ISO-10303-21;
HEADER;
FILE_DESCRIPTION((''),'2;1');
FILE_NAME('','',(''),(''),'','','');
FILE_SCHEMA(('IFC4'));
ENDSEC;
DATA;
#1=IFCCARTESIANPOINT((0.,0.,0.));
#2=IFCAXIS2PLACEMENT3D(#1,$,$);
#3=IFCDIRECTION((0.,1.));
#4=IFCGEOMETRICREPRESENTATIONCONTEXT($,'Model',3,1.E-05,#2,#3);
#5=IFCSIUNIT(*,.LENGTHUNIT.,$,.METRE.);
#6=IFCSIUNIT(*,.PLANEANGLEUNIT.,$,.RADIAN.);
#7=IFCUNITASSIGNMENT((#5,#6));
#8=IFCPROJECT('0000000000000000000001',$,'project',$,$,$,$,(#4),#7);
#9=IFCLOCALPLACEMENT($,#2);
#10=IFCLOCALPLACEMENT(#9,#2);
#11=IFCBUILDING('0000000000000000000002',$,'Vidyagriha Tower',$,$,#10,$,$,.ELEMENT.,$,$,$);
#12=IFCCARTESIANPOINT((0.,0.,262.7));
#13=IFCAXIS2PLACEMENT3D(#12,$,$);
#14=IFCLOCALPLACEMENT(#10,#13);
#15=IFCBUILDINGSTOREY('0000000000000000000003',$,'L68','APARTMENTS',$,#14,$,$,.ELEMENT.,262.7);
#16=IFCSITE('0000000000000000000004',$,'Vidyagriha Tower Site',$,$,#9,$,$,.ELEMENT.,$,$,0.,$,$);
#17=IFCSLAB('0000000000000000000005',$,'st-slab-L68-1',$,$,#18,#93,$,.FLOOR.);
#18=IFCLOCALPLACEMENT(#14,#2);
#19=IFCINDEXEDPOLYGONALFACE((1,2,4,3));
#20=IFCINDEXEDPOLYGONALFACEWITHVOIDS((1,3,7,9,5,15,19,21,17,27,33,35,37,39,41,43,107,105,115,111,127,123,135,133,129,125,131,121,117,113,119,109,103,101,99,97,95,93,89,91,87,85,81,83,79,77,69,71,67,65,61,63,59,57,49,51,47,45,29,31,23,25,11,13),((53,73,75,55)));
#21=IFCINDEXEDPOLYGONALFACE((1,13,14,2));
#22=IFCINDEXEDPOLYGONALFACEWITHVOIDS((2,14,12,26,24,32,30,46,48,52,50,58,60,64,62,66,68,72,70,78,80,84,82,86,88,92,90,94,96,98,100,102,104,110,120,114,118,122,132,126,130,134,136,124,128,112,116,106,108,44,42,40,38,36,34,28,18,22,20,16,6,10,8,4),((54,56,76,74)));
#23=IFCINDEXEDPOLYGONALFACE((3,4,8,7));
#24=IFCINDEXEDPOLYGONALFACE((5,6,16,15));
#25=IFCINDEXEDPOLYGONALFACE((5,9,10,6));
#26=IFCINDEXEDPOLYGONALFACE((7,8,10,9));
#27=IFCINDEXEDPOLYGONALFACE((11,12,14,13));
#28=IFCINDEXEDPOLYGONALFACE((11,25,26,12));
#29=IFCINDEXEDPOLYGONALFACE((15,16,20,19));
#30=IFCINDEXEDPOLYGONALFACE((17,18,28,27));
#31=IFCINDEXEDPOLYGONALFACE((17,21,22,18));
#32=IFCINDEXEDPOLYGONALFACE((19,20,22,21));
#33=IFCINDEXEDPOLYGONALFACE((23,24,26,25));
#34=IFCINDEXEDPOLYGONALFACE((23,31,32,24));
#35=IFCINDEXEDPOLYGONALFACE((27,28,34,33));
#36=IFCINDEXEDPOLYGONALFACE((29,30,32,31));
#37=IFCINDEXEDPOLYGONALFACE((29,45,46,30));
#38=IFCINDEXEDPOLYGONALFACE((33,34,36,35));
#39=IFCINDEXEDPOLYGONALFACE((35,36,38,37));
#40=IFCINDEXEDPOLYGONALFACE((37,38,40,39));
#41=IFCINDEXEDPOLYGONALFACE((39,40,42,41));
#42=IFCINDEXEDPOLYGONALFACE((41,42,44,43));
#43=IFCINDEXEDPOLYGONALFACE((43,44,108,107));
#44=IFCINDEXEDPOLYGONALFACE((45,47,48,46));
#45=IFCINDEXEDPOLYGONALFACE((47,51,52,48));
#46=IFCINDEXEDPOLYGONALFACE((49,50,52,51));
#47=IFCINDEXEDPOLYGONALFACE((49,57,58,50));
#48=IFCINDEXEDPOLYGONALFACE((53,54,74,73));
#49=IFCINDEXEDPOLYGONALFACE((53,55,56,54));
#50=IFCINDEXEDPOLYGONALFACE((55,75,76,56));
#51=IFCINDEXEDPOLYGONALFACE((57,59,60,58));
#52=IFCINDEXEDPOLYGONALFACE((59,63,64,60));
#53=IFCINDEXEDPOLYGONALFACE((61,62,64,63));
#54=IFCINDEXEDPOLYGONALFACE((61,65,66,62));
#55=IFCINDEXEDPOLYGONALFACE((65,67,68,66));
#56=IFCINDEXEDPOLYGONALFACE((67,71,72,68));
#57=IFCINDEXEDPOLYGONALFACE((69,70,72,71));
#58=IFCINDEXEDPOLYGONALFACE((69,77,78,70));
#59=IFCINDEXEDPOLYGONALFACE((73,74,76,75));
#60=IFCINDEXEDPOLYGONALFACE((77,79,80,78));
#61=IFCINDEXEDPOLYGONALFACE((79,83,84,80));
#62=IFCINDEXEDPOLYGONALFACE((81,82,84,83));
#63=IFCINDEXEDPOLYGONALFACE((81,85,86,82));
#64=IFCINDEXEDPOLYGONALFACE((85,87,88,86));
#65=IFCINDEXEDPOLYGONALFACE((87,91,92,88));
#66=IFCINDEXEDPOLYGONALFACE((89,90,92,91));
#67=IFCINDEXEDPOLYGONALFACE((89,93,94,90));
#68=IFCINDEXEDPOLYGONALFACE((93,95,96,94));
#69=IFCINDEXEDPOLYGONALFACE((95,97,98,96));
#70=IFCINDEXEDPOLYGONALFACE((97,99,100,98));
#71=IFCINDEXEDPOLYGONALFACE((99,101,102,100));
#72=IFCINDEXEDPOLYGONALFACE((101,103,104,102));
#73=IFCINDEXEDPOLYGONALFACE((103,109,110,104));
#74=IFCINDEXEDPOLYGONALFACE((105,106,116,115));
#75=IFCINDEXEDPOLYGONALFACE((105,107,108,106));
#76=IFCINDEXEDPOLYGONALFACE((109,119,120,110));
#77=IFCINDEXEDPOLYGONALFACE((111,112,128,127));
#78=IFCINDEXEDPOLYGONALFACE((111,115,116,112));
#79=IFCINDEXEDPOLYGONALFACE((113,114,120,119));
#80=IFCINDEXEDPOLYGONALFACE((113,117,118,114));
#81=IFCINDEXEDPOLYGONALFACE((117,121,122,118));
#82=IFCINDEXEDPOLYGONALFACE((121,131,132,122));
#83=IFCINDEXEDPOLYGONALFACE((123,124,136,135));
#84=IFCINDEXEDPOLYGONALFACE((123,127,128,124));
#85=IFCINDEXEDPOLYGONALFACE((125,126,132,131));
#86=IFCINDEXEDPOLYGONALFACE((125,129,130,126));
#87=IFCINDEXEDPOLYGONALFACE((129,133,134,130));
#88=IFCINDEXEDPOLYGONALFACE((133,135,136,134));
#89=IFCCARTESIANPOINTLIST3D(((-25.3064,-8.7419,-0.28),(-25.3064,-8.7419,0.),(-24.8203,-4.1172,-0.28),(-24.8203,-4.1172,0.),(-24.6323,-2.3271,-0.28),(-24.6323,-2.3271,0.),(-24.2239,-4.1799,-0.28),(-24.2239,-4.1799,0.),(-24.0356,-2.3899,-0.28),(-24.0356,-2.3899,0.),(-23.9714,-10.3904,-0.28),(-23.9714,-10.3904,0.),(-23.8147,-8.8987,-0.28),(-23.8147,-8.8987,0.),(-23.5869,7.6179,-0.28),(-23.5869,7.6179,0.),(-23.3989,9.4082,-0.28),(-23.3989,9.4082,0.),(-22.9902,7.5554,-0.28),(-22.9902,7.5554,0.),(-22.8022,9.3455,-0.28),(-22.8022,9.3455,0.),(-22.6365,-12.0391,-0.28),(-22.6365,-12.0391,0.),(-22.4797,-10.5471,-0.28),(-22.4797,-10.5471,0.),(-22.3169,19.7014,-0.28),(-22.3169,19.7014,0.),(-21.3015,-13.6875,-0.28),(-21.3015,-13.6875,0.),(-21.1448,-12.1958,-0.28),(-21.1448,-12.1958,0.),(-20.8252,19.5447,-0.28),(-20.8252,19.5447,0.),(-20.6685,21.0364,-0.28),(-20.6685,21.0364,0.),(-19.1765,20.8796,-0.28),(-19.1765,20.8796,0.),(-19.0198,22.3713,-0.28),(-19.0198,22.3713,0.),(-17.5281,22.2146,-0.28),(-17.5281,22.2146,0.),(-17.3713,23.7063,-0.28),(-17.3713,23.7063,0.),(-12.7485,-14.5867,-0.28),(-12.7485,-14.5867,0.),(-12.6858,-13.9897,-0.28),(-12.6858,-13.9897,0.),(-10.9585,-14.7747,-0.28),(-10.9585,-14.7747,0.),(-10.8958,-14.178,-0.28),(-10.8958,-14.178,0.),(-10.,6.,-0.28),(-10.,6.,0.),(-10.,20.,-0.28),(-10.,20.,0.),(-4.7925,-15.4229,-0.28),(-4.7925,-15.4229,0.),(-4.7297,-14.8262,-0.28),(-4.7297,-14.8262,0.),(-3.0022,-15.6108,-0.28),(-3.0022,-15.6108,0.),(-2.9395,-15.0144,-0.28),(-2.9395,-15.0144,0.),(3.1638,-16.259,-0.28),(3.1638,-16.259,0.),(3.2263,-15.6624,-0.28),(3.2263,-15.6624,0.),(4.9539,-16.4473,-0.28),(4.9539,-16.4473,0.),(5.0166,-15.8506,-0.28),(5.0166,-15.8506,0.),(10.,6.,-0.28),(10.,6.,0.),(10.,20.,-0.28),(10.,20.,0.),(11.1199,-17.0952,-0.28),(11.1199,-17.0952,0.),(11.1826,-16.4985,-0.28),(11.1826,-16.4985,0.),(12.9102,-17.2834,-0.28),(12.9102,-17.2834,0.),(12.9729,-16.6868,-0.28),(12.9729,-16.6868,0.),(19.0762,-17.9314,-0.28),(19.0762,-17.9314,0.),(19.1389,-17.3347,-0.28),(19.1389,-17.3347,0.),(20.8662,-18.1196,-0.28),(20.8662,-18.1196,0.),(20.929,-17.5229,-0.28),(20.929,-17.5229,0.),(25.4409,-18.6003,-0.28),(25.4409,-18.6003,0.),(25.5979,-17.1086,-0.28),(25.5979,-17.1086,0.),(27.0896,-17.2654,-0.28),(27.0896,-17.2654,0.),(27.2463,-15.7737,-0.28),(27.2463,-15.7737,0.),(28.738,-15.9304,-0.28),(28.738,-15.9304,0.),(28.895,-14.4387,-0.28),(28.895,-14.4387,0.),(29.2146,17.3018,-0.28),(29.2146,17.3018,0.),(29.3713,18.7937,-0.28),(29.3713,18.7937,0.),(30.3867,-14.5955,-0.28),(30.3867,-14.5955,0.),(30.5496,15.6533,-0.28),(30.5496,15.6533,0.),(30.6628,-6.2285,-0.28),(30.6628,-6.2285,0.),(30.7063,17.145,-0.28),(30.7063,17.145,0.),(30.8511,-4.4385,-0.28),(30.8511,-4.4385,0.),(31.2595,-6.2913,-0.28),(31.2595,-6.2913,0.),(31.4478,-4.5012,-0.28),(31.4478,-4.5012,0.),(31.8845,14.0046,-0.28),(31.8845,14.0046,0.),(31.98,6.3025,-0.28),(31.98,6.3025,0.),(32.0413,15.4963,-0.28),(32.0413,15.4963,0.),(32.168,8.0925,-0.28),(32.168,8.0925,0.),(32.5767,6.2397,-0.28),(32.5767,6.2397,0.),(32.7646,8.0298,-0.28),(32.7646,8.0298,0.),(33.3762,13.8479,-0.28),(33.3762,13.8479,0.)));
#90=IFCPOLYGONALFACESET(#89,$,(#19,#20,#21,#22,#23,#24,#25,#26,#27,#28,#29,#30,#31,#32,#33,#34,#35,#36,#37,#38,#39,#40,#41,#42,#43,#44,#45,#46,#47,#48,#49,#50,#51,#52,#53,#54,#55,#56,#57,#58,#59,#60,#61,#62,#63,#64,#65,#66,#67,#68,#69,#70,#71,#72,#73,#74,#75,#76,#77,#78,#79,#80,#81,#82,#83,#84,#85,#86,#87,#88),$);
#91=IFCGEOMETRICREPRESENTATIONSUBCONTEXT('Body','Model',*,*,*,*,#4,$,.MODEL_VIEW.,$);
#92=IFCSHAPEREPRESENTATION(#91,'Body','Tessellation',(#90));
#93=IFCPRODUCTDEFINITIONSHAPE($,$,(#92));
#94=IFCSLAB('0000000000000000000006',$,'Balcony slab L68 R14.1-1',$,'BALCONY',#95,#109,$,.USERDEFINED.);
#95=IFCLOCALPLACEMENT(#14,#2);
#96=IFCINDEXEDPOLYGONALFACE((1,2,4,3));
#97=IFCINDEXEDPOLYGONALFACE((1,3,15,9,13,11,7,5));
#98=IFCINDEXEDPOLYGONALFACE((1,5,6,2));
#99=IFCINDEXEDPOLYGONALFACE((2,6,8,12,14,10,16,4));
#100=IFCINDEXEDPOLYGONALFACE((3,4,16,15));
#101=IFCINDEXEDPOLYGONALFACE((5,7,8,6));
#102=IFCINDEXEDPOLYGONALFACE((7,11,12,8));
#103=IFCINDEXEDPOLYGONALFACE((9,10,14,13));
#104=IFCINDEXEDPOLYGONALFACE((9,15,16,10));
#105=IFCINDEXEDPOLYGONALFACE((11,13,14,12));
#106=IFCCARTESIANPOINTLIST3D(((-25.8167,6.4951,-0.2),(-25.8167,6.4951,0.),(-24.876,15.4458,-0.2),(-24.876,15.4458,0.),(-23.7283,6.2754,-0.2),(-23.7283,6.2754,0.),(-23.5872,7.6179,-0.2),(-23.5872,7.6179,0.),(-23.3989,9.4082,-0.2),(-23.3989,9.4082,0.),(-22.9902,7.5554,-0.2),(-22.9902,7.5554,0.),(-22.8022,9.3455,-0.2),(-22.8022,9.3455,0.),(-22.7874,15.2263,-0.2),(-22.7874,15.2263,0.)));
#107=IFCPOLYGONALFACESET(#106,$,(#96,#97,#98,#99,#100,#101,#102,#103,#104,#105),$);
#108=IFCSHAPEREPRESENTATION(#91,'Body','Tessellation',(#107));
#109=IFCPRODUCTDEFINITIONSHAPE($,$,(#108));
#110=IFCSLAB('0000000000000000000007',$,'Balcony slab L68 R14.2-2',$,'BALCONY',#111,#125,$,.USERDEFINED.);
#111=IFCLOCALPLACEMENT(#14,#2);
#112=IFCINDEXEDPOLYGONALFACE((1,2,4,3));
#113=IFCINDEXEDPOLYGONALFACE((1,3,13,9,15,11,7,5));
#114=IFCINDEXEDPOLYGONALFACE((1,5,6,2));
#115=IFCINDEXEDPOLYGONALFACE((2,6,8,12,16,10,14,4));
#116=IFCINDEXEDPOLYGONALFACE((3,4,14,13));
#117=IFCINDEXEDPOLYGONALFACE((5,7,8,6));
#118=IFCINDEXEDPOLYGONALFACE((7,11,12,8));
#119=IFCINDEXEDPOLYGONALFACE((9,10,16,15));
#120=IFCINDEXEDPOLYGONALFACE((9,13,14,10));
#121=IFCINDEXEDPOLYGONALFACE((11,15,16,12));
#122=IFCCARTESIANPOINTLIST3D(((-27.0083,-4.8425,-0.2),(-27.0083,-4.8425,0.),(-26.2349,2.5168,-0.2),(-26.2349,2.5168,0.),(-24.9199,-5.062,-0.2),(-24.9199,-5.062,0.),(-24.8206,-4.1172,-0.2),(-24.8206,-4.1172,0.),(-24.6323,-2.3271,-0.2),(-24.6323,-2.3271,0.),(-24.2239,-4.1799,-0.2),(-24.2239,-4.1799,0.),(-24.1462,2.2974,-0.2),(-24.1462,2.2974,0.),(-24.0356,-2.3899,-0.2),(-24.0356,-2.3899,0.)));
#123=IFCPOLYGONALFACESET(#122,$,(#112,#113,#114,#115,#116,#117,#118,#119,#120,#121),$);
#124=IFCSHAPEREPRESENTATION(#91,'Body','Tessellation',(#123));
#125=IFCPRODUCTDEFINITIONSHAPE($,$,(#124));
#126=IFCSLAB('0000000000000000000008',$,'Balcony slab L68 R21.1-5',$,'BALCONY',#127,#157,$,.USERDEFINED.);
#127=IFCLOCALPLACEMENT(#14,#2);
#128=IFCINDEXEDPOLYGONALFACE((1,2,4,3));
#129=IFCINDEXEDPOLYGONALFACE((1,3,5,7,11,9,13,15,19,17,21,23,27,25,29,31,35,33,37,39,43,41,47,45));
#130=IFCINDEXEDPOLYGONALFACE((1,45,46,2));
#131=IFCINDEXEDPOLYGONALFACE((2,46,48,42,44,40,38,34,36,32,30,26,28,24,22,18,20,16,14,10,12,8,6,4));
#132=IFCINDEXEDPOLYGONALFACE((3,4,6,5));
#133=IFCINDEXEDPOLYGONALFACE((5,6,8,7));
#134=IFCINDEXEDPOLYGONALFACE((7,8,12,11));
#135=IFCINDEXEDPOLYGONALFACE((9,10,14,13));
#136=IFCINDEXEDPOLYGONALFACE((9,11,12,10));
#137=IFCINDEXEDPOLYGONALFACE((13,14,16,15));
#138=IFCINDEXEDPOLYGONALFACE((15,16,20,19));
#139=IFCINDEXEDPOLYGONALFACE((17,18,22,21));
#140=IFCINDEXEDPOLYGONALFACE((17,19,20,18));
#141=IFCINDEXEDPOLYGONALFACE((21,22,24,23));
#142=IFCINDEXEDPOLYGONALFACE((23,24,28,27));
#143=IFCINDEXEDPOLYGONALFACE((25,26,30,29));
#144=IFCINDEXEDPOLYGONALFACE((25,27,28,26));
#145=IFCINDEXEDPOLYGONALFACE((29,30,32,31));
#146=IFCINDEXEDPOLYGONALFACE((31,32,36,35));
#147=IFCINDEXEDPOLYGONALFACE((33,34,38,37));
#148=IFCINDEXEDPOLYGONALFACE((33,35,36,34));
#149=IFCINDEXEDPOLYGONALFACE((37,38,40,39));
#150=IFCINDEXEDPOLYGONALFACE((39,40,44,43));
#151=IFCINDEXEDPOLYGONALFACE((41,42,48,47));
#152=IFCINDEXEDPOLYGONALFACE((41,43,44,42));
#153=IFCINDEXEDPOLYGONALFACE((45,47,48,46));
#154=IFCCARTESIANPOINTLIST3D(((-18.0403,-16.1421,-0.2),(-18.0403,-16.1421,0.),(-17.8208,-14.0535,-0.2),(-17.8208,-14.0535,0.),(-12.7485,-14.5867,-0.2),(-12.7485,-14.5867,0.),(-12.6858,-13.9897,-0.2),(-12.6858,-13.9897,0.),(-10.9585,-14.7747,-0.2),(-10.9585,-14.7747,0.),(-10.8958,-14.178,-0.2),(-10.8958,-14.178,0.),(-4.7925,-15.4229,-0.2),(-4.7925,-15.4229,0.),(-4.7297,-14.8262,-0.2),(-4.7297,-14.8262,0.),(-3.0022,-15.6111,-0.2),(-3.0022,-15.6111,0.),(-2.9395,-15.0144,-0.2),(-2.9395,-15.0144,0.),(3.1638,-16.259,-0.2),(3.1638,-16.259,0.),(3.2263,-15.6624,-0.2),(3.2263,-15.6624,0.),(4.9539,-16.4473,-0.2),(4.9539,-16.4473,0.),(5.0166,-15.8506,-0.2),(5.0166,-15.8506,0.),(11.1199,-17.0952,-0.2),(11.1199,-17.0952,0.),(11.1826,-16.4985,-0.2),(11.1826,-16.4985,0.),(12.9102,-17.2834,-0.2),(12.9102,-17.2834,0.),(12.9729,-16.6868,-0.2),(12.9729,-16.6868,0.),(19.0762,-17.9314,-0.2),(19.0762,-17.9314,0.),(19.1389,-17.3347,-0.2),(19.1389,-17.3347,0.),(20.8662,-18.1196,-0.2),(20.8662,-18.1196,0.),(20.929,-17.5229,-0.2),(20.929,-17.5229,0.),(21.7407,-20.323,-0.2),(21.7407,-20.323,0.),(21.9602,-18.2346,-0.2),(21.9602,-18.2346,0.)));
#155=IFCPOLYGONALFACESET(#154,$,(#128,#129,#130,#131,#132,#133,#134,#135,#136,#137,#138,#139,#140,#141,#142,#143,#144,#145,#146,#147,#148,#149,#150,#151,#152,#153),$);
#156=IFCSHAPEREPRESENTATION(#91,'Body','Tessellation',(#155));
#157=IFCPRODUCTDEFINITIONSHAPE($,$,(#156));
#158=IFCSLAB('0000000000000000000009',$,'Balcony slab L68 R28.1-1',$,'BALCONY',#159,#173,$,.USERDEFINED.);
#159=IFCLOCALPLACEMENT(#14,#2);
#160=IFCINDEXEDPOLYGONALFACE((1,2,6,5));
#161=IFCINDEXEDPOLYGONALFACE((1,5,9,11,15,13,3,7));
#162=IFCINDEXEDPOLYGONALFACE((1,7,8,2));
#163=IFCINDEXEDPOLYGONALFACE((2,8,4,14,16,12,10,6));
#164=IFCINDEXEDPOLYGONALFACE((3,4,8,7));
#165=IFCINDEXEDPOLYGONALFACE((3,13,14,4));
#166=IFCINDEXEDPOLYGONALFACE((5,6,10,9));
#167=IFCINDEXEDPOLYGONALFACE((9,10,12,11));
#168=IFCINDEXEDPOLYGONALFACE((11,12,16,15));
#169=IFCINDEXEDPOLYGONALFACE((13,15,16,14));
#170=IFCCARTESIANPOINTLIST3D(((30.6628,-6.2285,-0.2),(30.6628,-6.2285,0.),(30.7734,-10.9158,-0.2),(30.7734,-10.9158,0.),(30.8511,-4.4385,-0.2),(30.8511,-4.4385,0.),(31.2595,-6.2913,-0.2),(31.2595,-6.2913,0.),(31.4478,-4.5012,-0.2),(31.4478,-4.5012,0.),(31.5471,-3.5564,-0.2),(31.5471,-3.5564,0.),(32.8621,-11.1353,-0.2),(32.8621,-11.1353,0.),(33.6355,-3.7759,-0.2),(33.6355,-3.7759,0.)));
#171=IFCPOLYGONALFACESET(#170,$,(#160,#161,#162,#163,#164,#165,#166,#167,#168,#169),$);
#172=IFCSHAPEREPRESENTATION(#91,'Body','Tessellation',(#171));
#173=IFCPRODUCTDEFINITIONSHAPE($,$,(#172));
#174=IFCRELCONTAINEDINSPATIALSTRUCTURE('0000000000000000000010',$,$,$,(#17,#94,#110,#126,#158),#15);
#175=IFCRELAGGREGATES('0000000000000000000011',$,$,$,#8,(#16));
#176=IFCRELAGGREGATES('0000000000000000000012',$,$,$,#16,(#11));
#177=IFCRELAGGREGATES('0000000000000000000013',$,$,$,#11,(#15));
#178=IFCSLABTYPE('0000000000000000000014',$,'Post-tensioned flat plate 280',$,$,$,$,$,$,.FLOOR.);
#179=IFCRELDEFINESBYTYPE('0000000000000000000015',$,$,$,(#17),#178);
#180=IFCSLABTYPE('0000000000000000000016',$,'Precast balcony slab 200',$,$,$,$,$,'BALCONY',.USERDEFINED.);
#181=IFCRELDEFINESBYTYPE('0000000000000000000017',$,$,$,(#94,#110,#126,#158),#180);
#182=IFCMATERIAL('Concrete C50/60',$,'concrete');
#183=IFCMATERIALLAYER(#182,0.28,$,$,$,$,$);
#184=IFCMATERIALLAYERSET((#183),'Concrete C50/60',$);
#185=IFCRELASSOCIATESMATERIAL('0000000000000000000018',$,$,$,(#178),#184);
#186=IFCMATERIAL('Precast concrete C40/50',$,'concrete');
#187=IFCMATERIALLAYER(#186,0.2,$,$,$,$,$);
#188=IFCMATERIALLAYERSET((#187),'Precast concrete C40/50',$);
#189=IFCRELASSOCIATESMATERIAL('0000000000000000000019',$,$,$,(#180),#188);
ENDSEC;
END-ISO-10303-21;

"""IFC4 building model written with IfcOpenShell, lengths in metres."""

from ifc_helpers import new_model, si_unit, direction, frame, origin, place, context, subcontext, project, spatial, polyline, outline, extrude, material, layer, layer_set, type_object, element, save


model = new_model("IFC4")

# Units and contexts
model_context = context("Model", 3, precision=1e-05, world=origin(), true_north=direction((0.0, 1.0)))
body_context = subcontext(model_context, "Body", "Model", "MODEL_VIEW")
ifc_project = project(units=[si_unit("LENGTHUNIT", "METRE"), si_unit("PLANEANGLEUNIT", "RADIAN")], contexts=[model_context])

# Site, building, storey
site_placement = place(None, origin())
site = spatial("IfcSite", under=ifc_project, at=site_placement, Name="Vidyagriha Tower Site", CompositionType="ELEMENT", RefElevation=0.0)
building_placement = place(site_placement, origin())
building = spatial("IfcBuilding", under=site, at=building_placement, Name="Vidyagriha Tower", CompositionType="ELEMENT")
storey_placement = place(building_placement, frame((0.0, 0.0, 262.7)))
storey = spatial("IfcBuildingStorey", under=building, at=storey_placement, Name="L68", Description="APARTMENTS", CompositionType="ELEMENT", Elevation=262.7)

# Slabs
ifc_material_1 = material(Name="Concrete C50/60", Category="concrete")
ifc_layer_1 = layer(ifc_material_1, 0.28)
ifc_layer_set_1 = layer_set([ifc_layer_1], Name="Concrete C50/60")
slab_type_1 = type_object("IfcSlabType", Name="Post-tensioned flat plate 280", PredefinedType="FLOOR", material=ifc_layer_set_1)
slab_1_placement = place(storey_placement, frame((0.0, 0.0, -0.28)))
element("IfcSlab", 1, at=slab_1_placement, inside=storey, type_object=slab_type_1, Name="st-slab-L68-1", PredefinedType="FLOOR", context=body_context, shape_type="SweptSolid", body=[
    extrude(outline(polyline([(28.738, -15.9304), (27.2463, -15.7737), (27.0896, -17.2654), (25.5979, -17.1086), (25.4409, -18.6003), (20.8662, -18.1196), (20.929, -17.5229), (19.1389, -17.3347), (19.0762, -17.9314), (12.9102, -17.2834), (12.9729, -16.6868), (11.1826, -16.4985), (11.1199, -17.0952), (4.9539, -16.4473), (5.0166, -15.8506), (3.2263, -15.6624), (3.1638, -16.259), (-3.0022, -15.6108), (-2.9395, -15.0144), (-4.7297, -14.8262), (-4.7925, -15.4229), (-10.9585, -14.7747), (-10.8958, -14.178), (-12.6858, -13.9897), (-12.7485, -14.5867), (-21.3015, -13.6875), (-21.1448, -12.1958), (-22.6365, -12.0391), (-22.4797, -10.5471), (-23.9714, -10.3904), (-23.8147, -8.8987), (-25.3064, -8.7419), (-24.8203, -4.1172), (-24.2239, -4.1799), (-24.0356, -2.3899), (-24.6323, -2.3271), (-23.5869, 7.6179), (-22.9902, 7.5554), (-22.8022, 9.3455), (-23.3989, 9.4082), (-22.3169, 19.7014), (-20.8252, 19.5447), (-20.6685, 21.0364), (-19.1765, 20.8796), (-19.0198, 22.3713), (-17.5281, 22.2146), (-17.3713, 23.7063), (29.3713, 18.7937), (29.2146, 17.3018), (30.7063, 17.145), (30.5496, 15.6533), (32.0413, 15.4963), (31.8845, 14.0046), (33.3762, 13.8479), (32.7646, 8.0298), (32.168, 8.0925), (31.98, 6.3025), (32.5767, 6.2397), (31.4478, -4.5012), (30.8511, -4.4385), (30.6628, -6.2285), (31.2595, -6.2913), (30.3867, -14.5955), (28.895, -14.4387), (28.738, -15.9304)]), holes=[polyline([(-10.0, 20.0), (-10.0, 6.0), (10.0, 6.0), (10.0, 20.0), (-10.0, 20.0)])]), origin(), (0.0, 0.0, 1.0), 0.28),
])
ifc_material_2 = material(Name="Precast concrete C40/50", Category="concrete")
ifc_layer_2 = layer(ifc_material_2, 0.2)
ifc_layer_set_2 = layer_set([ifc_layer_2], Name="Precast concrete C40/50")
slab_type_2 = type_object("IfcSlabType", Name="Precast balcony slab 200", ElementType="BALCONY", PredefinedType="USERDEFINED", material=ifc_layer_set_2)
slab_2_placement = place(storey_placement, frame((0.0, 0.0, -0.2)))
element("IfcSlab", 2, at=slab_2_placement, inside=storey, type_object=slab_type_2, Name="Balcony slab L68 R14.1-1", ObjectType="BALCONY", PredefinedType="USERDEFINED", context=body_context, shape_type="SweptSolid", body=[
    extrude(outline(polyline([(-22.9902, 7.5554), (-22.8022, 9.3455), (-23.3989, 9.4082), (-22.7874, 15.2263), (-24.876, 15.4458), (-25.8167, 6.4951), (-23.7283, 6.2754), (-23.5872, 7.6179), (-22.9902, 7.5554)])), origin(), (0.0, 0.0, 1.0), 0.2),
])
slab_3_placement = place(storey_placement, frame((0.0, 0.0, -0.2)))
element("IfcSlab", 3, at=slab_3_placement, inside=storey, type_object=slab_type_2, Name="Balcony slab L68 R14.2-2", ObjectType="BALCONY", PredefinedType="USERDEFINED", context=body_context, shape_type="SweptSolid", body=[
    extrude(outline(polyline([(-24.2239, -4.1799), (-24.0356, -2.3899), (-24.6323, -2.3271), (-24.1462, 2.2974), (-26.2349, 2.5168), (-27.0083, -4.8425), (-24.9199, -5.062), (-24.8206, -4.1172), (-24.2239, -4.1799)])), origin(), (0.0, 0.0, 1.0), 0.2),
])
slab_4_placement = place(storey_placement, frame((0.0, 0.0, -0.2)))
element("IfcSlab", 4, at=slab_4_placement, inside=storey, type_object=slab_type_2, Name="Balcony slab L68 R21.1-5", ObjectType="BALCONY", PredefinedType="USERDEFINED", context=body_context, shape_type="SweptSolid", body=[
    extrude(outline(polyline([(20.8662, -18.1196), (20.929, -17.5229), (19.1389, -17.3347), (19.0762, -17.9314), (12.9102, -17.2834), (12.9729, -16.6868), (11.1826, -16.4985), (11.1199, -17.0952), (4.9539, -16.4473), (5.0166, -15.8506), (3.2263, -15.6624), (3.1638, -16.259), (-3.0022, -15.6111), (-2.9395, -15.0144), (-4.7297, -14.8262), (-4.7925, -15.4229), (-10.9585, -14.7747), (-10.8958, -14.178), (-12.6858, -13.9897), (-12.7485, -14.5867), (-17.8208, -14.0535), (-18.0403, -16.1421), (21.7407, -20.323), (21.9602, -18.2346), (20.8662, -18.1196)])), origin(), (0.0, 0.0, 1.0), 0.2),
])
slab_5_placement = place(storey_placement, frame((0.0, 0.0, -0.2)))
element("IfcSlab", 5, at=slab_5_placement, inside=storey, type_object=slab_type_2, Name="Balcony slab L68 R28.1-1", ObjectType="BALCONY", PredefinedType="USERDEFINED", context=body_context, shape_type="SweptSolid", body=[
    extrude(outline(polyline([(31.2595, -6.2913), (30.7734, -10.9158), (32.8621, -11.1353), (33.6355, -3.7759), (31.5471, -3.5564), (31.4478, -4.5012), (30.8511, -4.4385), (30.6628, -6.2285), (31.2595, -6.2913)])), origin(), (0.0, 0.0, 1.0), 0.2),
])

save(model, "model.ifc")
